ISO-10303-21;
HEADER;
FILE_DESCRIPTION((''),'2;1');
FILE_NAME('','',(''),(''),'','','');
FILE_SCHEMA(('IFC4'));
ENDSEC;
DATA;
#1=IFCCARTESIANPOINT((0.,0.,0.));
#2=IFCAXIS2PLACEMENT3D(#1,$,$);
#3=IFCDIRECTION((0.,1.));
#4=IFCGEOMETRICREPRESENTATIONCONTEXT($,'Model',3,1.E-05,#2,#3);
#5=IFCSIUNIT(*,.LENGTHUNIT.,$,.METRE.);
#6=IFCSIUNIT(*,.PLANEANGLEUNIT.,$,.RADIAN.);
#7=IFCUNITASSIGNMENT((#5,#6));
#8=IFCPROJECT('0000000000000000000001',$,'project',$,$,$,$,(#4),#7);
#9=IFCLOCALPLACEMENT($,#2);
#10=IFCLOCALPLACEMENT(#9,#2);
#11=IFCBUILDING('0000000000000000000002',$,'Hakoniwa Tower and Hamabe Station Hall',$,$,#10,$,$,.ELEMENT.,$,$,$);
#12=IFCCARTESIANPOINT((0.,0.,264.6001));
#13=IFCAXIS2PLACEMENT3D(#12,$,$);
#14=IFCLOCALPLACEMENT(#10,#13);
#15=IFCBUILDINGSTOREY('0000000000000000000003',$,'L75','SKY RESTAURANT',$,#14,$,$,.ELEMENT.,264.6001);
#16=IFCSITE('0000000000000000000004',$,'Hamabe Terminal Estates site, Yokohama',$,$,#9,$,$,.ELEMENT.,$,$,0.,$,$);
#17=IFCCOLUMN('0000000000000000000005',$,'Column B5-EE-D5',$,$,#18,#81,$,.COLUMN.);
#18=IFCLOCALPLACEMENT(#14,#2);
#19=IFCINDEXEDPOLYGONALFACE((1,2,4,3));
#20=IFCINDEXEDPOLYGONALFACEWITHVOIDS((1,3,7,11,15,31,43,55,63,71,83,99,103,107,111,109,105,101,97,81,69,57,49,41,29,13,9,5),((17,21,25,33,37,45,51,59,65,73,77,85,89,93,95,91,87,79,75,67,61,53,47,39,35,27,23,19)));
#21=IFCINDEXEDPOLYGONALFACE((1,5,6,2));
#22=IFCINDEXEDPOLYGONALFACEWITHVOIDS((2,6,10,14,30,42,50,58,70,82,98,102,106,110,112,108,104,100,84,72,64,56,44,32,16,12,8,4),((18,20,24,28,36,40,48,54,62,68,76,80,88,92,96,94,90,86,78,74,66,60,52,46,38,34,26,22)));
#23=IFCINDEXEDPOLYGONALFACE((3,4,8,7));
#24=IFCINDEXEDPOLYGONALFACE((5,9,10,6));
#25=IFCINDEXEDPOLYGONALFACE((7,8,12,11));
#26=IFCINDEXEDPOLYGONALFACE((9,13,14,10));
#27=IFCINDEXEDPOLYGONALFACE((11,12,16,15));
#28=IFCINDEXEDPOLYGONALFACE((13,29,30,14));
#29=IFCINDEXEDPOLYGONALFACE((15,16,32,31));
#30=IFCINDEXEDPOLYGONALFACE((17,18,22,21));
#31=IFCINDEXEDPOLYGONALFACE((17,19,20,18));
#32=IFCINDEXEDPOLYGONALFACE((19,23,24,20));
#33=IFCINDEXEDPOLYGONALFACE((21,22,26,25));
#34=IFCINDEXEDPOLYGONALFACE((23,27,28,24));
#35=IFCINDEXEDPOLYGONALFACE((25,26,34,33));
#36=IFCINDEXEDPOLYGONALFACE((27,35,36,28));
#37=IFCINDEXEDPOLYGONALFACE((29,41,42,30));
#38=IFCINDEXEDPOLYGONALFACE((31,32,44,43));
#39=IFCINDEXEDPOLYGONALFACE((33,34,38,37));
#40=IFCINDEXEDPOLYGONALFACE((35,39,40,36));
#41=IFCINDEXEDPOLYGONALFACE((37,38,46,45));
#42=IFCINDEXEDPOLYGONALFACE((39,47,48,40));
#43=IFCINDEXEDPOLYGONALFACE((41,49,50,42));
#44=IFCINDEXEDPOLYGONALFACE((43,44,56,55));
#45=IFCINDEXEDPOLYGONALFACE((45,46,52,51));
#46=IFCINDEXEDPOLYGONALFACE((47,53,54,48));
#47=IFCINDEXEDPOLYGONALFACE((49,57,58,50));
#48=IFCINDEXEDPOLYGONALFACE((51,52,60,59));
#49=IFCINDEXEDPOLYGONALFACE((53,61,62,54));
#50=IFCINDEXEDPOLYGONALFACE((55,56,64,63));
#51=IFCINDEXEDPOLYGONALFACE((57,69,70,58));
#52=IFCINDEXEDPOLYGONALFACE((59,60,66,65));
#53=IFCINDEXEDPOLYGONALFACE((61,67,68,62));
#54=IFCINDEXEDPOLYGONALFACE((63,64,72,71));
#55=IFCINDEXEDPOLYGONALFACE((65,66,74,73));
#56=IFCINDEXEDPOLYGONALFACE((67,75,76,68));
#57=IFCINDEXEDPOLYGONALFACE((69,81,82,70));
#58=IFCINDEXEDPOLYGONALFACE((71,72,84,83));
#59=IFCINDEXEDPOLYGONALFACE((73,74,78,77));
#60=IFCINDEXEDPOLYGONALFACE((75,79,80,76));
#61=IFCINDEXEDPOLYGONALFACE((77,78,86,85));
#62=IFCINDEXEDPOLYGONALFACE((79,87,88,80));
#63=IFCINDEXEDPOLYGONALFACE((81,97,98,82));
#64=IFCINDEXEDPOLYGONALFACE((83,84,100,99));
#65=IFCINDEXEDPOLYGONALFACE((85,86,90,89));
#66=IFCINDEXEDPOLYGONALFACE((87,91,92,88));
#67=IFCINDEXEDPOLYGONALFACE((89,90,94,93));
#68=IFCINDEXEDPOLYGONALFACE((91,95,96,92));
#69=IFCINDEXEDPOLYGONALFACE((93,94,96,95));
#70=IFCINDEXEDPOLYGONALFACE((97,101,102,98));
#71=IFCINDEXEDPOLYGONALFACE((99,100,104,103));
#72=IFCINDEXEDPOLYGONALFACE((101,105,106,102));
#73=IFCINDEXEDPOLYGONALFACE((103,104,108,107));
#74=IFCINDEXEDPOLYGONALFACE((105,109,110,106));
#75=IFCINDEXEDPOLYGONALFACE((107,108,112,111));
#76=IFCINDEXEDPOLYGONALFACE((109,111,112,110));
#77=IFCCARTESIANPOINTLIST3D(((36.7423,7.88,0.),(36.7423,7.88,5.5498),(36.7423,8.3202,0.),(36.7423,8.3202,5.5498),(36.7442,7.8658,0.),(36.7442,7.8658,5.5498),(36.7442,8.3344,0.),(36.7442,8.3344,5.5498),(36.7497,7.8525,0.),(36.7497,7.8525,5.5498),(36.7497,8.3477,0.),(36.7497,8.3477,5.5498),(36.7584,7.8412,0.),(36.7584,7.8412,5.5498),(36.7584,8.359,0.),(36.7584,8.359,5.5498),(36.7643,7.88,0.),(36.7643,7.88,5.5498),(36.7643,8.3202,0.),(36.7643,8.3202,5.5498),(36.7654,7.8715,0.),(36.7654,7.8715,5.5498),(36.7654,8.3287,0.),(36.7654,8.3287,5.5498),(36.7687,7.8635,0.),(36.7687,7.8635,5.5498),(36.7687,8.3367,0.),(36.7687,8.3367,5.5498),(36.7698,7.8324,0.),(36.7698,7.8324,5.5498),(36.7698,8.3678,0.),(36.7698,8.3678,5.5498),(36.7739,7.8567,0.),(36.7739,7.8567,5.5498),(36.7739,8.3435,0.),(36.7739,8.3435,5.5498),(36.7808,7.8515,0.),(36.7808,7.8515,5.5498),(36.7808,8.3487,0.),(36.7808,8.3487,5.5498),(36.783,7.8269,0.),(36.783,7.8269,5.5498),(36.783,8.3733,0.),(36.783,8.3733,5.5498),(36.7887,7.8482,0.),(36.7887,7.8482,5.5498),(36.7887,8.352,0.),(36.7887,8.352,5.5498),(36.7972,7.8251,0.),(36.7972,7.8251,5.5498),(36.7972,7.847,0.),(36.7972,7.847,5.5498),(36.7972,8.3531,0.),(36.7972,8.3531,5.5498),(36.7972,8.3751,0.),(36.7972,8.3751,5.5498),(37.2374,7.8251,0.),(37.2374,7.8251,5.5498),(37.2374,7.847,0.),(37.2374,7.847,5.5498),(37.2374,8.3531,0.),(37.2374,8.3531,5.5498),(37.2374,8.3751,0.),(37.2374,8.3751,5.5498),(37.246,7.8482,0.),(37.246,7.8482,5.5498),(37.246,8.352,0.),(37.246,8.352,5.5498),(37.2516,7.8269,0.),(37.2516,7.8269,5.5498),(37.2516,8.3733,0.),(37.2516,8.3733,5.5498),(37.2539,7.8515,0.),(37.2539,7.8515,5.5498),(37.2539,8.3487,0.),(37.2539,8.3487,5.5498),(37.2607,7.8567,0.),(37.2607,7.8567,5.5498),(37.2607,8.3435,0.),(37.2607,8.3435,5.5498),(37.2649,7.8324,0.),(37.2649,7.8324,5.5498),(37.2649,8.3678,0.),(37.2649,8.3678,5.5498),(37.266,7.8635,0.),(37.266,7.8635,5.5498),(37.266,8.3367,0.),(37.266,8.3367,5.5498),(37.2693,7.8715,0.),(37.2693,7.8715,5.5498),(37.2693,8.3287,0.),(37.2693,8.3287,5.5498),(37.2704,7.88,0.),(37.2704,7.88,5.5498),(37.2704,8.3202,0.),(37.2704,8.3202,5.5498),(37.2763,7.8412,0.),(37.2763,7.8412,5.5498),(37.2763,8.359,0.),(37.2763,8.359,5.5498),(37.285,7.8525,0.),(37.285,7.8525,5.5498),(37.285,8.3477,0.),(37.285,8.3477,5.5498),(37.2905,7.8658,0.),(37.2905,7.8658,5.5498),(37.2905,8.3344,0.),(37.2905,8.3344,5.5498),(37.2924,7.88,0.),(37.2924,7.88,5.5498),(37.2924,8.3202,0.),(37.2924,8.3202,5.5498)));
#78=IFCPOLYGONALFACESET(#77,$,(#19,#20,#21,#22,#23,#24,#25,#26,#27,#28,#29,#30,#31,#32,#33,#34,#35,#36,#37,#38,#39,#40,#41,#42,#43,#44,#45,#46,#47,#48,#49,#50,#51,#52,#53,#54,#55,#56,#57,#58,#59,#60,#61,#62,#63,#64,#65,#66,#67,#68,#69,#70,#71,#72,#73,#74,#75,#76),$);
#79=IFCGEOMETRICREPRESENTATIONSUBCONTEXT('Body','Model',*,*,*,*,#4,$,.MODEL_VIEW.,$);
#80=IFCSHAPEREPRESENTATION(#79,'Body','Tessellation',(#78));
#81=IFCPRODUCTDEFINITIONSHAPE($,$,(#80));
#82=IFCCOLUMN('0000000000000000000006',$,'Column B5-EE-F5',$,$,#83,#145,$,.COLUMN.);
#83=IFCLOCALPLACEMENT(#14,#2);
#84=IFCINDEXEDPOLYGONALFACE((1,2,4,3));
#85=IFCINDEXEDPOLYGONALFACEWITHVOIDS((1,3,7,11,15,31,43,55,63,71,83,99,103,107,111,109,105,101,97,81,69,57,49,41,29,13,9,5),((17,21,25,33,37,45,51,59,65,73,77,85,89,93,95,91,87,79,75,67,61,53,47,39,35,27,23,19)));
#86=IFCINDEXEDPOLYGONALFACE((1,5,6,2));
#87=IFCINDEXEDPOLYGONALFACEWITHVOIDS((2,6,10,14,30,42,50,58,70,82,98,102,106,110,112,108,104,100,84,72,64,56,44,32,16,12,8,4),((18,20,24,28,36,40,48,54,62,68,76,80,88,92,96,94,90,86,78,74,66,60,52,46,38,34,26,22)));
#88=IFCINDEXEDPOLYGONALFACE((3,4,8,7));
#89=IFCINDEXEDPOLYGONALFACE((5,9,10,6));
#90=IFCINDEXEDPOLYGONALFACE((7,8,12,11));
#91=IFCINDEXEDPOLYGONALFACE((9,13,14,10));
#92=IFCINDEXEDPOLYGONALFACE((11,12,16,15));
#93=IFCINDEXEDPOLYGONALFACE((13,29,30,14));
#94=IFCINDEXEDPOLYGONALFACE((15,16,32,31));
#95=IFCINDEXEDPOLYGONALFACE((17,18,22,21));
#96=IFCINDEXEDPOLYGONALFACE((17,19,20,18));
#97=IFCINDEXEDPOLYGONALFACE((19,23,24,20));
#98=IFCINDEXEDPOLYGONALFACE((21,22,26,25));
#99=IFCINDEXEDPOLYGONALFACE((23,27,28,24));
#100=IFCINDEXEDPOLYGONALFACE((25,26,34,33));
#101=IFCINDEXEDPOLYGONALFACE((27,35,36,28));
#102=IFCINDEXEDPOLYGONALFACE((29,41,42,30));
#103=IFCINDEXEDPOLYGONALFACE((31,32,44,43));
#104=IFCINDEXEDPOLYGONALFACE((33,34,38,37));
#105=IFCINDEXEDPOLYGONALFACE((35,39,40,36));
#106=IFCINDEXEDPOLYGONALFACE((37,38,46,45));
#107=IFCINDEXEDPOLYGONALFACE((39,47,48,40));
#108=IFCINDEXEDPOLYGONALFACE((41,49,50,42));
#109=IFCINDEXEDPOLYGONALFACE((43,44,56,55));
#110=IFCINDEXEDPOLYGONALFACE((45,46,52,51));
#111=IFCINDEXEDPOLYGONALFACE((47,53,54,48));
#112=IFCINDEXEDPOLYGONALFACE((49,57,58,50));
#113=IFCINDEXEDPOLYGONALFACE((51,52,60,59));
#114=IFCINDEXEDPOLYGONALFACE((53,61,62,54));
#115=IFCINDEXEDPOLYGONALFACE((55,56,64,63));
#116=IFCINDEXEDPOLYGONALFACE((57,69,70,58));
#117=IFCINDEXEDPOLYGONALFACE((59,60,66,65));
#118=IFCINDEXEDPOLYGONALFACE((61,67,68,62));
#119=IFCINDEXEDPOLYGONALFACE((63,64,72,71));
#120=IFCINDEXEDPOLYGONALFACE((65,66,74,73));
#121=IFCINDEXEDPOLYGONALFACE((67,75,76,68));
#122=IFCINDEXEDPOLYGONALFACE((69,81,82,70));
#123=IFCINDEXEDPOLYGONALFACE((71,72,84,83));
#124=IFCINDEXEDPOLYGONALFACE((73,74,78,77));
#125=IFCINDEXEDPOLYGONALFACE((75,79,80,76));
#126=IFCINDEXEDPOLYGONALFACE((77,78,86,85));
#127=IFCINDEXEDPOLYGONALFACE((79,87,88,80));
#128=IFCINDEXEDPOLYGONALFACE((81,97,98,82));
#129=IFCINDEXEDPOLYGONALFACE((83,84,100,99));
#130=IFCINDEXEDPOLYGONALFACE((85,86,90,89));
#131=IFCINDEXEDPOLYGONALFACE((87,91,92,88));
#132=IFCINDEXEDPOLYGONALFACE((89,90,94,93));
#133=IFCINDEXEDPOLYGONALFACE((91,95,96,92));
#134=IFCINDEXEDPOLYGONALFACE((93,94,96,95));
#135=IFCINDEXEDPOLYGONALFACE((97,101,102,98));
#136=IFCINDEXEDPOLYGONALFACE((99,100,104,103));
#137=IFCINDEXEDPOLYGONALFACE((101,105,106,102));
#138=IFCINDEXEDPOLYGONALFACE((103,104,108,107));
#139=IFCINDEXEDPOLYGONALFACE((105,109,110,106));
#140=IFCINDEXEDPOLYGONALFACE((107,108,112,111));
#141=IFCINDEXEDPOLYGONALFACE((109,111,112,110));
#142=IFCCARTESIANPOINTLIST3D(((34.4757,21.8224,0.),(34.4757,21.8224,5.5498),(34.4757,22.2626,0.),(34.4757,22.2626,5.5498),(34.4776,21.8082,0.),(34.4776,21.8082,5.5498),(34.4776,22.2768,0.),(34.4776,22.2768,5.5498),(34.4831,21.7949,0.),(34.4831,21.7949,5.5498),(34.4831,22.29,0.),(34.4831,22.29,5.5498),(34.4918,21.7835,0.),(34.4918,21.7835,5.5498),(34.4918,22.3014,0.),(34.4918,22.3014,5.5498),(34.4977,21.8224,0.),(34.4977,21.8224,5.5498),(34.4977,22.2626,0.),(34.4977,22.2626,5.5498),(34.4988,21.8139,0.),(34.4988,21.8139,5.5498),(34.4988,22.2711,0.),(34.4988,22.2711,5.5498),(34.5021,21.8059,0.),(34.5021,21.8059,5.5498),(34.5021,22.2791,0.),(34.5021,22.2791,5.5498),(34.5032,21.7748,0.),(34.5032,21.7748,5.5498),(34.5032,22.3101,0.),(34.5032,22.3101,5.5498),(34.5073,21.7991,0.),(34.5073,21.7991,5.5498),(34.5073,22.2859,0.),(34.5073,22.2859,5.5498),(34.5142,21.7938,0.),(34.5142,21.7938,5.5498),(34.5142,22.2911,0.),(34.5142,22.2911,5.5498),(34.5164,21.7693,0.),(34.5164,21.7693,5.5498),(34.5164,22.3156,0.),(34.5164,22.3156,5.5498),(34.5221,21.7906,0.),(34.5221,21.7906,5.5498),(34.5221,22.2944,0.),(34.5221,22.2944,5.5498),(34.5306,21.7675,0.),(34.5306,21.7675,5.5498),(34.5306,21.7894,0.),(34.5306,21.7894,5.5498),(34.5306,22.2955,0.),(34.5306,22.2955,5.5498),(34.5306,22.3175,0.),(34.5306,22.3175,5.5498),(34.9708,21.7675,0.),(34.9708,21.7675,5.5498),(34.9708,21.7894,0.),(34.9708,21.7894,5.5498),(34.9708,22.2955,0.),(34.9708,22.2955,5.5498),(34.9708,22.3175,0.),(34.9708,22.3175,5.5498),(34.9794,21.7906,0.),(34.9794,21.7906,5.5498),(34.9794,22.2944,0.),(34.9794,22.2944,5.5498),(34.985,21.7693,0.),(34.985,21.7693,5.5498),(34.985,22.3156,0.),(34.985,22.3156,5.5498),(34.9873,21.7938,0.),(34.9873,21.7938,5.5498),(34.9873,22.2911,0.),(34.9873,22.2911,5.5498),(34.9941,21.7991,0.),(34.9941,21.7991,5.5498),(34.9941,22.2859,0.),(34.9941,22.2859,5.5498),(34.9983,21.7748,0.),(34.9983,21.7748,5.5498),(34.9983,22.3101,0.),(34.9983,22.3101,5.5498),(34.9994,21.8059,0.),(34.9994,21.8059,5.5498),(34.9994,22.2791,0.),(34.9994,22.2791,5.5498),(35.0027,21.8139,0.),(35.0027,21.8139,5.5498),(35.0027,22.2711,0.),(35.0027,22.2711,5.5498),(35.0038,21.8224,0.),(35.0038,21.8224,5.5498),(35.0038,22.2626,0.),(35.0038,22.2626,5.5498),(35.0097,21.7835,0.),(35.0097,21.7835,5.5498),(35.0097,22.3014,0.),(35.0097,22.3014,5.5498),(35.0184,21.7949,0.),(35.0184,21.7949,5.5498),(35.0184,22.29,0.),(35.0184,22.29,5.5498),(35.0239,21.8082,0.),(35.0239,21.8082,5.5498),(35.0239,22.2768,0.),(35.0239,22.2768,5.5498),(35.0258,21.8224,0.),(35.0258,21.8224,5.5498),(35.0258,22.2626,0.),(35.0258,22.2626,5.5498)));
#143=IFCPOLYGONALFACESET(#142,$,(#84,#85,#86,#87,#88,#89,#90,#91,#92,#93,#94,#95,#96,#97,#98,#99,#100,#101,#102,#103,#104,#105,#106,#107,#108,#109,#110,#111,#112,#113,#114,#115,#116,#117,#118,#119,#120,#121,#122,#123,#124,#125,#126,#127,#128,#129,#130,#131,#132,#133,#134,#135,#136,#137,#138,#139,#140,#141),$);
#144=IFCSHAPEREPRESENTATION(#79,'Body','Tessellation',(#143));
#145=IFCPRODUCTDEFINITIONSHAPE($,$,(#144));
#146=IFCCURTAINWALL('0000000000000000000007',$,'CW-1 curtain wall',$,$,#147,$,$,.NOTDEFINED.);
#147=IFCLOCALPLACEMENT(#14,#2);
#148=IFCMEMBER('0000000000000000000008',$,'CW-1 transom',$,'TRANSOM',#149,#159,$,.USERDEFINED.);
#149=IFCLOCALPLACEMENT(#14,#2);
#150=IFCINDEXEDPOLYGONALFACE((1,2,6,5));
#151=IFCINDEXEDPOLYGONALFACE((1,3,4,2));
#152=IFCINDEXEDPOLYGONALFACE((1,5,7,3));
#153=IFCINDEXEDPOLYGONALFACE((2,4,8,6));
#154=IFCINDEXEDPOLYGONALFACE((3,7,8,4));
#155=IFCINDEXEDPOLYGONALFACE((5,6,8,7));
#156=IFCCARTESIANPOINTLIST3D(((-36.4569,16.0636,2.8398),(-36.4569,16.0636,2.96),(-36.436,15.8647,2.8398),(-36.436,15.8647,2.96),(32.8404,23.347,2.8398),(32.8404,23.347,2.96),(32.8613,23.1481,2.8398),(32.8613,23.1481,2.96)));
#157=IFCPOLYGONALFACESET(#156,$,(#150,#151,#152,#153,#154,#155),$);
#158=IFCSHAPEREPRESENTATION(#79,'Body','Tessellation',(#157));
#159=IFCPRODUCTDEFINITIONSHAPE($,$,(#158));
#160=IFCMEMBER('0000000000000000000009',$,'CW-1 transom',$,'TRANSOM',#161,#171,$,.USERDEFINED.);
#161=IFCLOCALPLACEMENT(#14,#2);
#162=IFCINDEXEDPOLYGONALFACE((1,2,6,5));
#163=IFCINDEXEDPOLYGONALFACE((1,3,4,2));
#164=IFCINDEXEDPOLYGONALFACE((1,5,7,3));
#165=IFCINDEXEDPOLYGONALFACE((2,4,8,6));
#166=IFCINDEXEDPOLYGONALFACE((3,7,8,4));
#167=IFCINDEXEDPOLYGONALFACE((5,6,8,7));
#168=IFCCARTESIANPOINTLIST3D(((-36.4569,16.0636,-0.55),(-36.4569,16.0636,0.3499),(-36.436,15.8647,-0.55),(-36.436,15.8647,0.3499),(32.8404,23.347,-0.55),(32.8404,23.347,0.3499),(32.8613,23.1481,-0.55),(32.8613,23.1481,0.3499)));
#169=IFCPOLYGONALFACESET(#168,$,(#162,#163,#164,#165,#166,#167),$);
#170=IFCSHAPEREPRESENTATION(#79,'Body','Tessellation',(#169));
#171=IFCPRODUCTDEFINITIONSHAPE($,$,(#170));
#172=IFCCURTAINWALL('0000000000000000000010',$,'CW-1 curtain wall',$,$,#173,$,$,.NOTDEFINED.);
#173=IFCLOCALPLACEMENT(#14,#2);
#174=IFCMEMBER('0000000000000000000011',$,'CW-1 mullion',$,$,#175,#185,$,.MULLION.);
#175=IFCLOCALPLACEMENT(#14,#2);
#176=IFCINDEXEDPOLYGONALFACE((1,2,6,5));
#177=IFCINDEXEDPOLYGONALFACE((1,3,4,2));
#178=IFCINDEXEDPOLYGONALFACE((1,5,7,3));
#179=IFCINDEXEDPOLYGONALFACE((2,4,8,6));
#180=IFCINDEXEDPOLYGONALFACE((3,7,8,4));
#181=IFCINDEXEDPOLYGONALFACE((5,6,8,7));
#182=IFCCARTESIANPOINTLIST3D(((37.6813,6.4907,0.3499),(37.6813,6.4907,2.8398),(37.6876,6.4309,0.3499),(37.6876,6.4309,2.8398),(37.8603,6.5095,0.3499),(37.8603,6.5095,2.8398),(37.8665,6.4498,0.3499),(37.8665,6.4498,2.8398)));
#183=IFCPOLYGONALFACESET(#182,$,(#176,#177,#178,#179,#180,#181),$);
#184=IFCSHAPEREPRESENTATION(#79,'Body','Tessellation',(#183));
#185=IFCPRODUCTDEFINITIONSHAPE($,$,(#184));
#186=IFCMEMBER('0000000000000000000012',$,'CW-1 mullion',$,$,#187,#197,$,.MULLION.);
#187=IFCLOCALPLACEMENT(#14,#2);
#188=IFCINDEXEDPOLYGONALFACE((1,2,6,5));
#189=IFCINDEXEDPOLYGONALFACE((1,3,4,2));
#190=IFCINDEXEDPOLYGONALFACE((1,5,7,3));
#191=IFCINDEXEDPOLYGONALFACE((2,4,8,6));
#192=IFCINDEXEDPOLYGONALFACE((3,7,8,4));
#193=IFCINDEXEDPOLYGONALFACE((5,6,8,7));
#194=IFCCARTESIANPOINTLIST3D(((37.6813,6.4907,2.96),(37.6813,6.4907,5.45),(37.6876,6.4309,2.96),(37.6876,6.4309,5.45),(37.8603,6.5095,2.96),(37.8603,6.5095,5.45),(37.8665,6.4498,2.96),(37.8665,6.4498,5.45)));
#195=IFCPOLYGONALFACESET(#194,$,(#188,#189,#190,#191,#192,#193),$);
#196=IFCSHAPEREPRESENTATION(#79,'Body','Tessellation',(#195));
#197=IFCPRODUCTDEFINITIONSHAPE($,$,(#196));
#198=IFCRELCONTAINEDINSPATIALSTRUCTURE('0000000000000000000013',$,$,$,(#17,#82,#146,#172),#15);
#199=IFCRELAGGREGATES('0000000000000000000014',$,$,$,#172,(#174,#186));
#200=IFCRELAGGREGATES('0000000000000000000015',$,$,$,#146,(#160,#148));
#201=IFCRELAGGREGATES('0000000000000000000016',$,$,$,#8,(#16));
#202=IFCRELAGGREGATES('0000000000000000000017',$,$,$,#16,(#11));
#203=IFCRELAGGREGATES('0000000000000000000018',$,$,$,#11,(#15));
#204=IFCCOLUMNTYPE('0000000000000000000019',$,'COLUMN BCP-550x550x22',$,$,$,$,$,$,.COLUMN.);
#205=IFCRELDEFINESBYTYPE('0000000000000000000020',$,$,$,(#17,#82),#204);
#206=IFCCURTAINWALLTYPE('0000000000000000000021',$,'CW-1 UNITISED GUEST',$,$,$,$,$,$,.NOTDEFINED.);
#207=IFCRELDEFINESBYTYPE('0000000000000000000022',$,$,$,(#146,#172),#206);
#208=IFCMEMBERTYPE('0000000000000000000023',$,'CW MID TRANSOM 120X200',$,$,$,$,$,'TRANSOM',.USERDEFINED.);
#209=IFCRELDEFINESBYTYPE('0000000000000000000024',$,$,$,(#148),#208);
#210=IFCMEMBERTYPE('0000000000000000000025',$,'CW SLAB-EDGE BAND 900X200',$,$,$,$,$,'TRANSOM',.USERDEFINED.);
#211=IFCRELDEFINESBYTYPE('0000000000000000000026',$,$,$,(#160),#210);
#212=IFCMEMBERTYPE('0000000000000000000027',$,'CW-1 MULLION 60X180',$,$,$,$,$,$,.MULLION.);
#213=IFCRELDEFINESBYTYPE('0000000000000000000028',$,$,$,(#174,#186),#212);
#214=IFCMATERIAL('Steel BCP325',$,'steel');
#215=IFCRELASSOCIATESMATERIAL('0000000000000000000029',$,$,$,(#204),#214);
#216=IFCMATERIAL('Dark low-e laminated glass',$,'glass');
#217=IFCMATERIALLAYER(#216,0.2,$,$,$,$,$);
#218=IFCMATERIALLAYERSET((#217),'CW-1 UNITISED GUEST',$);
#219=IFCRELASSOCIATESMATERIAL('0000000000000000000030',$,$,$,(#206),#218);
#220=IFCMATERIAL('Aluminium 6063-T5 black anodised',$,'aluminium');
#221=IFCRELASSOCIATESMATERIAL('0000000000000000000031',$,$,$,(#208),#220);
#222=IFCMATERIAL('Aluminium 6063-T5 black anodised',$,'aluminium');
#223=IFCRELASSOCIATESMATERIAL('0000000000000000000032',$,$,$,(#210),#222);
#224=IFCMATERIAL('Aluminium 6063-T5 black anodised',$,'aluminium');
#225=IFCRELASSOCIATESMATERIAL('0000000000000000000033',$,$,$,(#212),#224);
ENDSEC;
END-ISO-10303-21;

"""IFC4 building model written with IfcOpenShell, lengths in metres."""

from ifc_helpers import new_model, si_unit, direction, frame, origin, origin_2d, place, context, subcontext, project, spatial, rectangle, hollow_rectangle, extrude, material, layer, layer_set, material_profile, profile_set, type_object, element, aggregate, save


model = new_model("IFC4")

# Units and contexts
model_context = context("Model", 3, precision=1e-05, world=origin(), true_north=direction((0.0, 1.0)))
body_context = subcontext(model_context, "Body", "Model", "MODEL_VIEW")
ifc_project = project(units=[si_unit("LENGTHUNIT", "METRE"), si_unit("PLANEANGLEUNIT", "RADIAN")], contexts=[model_context])

# Site, building, storey
site_placement = place(None, origin())
site = spatial("IfcSite", under=ifc_project, at=site_placement, Name="Hamabe Terminal Estates site, Yokohama", CompositionType="ELEMENT", RefElevation=0.0)
building_placement = place(site_placement, origin())
building = spatial("IfcBuilding", under=site, at=building_placement, Name="Hakoniwa Tower and Hamabe Station Hall", CompositionType="ELEMENT")
storey_placement = place(building_placement, frame((0.0, 0.0, 264.6001)))
storey = spatial("IfcBuildingStorey", under=building, at=storey_placement, Name="L75", Description="SKY RESTAURANT", CompositionType="ELEMENT", Elevation=264.6001)

# Columns
ifc_material_1 = material(Name="Steel BCP325", Category="steel")
ifc_material_profile_1 = material_profile(ifc_material_1, hollow_rectangle(XDim=0.55, YDim=0.55, WallThickness=0.022, InnerFilletRadius=0.033, OuterFilletRadius=0.0549, at=origin_2d()), Name="BCP-550x550x22")
ifc_profile_set_1 = profile_set([ifc_material_profile_1], Name="Steel BCP325")
column_type = type_object("IfcColumnType", Name="COLUMN BCP-550x550x22", PredefinedType="COLUMN", material=ifc_profile_set_1)
for number, where, z_axis, x_axis, name in (
    (1, (37.0173, 8.1001, 0.0), (0.0, 0.0, 1.0), (1.0, 0.0, 0.0), "Column B5-EE-D5"),
    (2, (34.7507, 22.0425, 0.0), (0.0, 0.0, 1.0), (1.0, 0.0, 0.0), "Column B5-EE-F5"),
):
    element("IfcColumn", number, at=place(storey_placement, frame(where, z_axis=z_axis, x_axis=x_axis)), inside=storey, type_object=column_type, Name=name, PredefinedType="COLUMN", context=body_context, shape_type="SweptSolid", body=[
        extrude(hollow_rectangle(XDim=0.55, YDim=0.55, WallThickness=0.022, InnerFilletRadius=0.033, OuterFilletRadius=0.0549, at=origin_2d()), origin(), (0.0, 0.0, 1.0), 5.5498),
    ])

# Curtain walls, members
ifc_material_2 = material(Name="Dark low-e laminated glass", Category="glass")
ifc_layer_1 = layer(ifc_material_2, 0.2)
ifc_layer_set_1 = layer_set([ifc_layer_1], Name="CW-1 UNITISED GUEST")
curtain_wall_type = type_object("IfcCurtainWallType", Name="CW-1 UNITISED GUEST", PredefinedType="NOTDEFINED", material=ifc_layer_set_1)
curtain_wall_1_placement = place(storey_placement, origin())
curtain_wall_1 = element("IfcCurtainWall", 3, at=curtain_wall_1_placement, inside=storey, type_object=curtain_wall_type, Name="CW-1 curtain wall", PredefinedType="NOTDEFINED")
ifc_material_3 = material(Name="Aluminium 6063-T5 black anodised", Category="aluminium")
ifc_material_profile_2 = material_profile(ifc_material_3, rectangle(XDim=0.2, YDim=0.1201, at=origin_2d()), Name="CW MID TRANSOM 120X200")
ifc_profile_set_2 = profile_set([ifc_material_profile_2], Name="Aluminium 6063-T5 black anodised")
member_type_1 = type_object("IfcMemberType", Name="CW MID TRANSOM 120X200", ElementType="TRANSOM", PredefinedType="USERDEFINED", material=ifc_profile_set_2)
member_1_placement = place(storey_placement, frame((32.8508, 23.2476, 2.8999), z_axis=(-0.994522, -0.104528, 0.0), x_axis=(0.104528, -0.994522, 0.0)))
member_1 = element("IfcMember", 4, at=member_1_placement, type_object=member_type_1, Name="CW-1 transom", ObjectType="TRANSOM", PredefinedType="USERDEFINED", context=body_context, shape_type="SweptSolid", body=[
    extrude(rectangle(XDim=0.2, YDim=0.1201, at=origin_2d()), origin(), (0.0, 0.0, 1.0), 69.679),
])
ifc_material_4 = material(Name="Aluminium 6063-T5 black anodised", Category="aluminium")
ifc_material_profile_3 = material_profile(ifc_material_4, rectangle(XDim=0.2, YDim=0.8999, at=origin_2d()), Name="CW SLAB-EDGE BAND 900X200")
ifc_profile_set_3 = profile_set([ifc_material_profile_3], Name="Aluminium 6063-T5 black anodised")
member_type_2 = type_object("IfcMemberType", Name="CW SLAB-EDGE BAND 900X200", ElementType="TRANSOM", PredefinedType="USERDEFINED", material=ifc_profile_set_3)
member_2_placement = place(storey_placement, frame((32.8508, 23.2476, -0.1001), z_axis=(-0.994522, -0.104528, 0.0), x_axis=(0.104528, -0.994522, 0.0)))
member_2 = element("IfcMember", 5, at=member_2_placement, type_object=member_type_2, Name="CW-1 transom", ObjectType="TRANSOM", PredefinedType="USERDEFINED", context=body_context, shape_type="SweptSolid", body=[
    extrude(rectangle(XDim=0.2, YDim=0.8999, at=origin_2d()), origin(), (0.0, 0.0, 1.0), 69.679),
])
curtain_wall_2_placement = place(storey_placement, origin())
curtain_wall_2 = element("IfcCurtainWall", 6, at=curtain_wall_2_placement, inside=storey, type_object=curtain_wall_type, Name="CW-1 curtain wall", PredefinedType="NOTDEFINED")
ifc_material_5 = material(Name="Aluminium 6063-T5 black anodised", Category="aluminium")
ifc_material_profile_4 = material_profile(ifc_material_5, rectangle(XDim=0.0601, YDim=0.1799, at=origin_2d()), Name="CW-1 MULLION 60X180")
ifc_profile_set_4 = profile_set([ifc_material_profile_4], Name="Aluminium 6063-T5 black anodised")
member_type_3 = type_object("IfcMemberType", Name="CW-1 MULLION 60X180", PredefinedType="MULLION", material=ifc_profile_set_4)
member_3_placement = place(storey_placement, frame((37.7739, 6.4702, 0.3499), z_axis=(0.0, 0.0, 1.0), x_axis=(-0.104528, 0.994522, 0.0)))
member_3 = element("IfcMember", 7, at=member_3_placement, type_object=member_type_3, Name="CW-1 mullion", PredefinedType="MULLION", context=body_context, shape_type="SweptSolid", body=[
    extrude(rectangle(XDim=0.0601, YDim=0.1799, at=origin_2d()), origin(), (0.0, 0.0, 1.0), 2.49),
])
member_4_placement = place(storey_placement, frame((37.7739, 6.4702, 2.96), z_axis=(0.0, 0.0, 1.0), x_axis=(-0.104528, 0.994522, 0.0)))
member_4 = element("IfcMember", 8, at=member_4_placement, type_object=member_type_3, Name="CW-1 mullion", PredefinedType="MULLION", context=body_context, shape_type="SweptSolid", body=[
    extrude(rectangle(XDim=0.0601, YDim=0.1799, at=origin_2d()), origin(), (0.0, 0.0, 1.0), 2.49),
])

aggregate(curtain_wall_2, [member_3, member_4])
aggregate(curtain_wall_1, [member_2, member_1])

save(model, "model.ifc")
